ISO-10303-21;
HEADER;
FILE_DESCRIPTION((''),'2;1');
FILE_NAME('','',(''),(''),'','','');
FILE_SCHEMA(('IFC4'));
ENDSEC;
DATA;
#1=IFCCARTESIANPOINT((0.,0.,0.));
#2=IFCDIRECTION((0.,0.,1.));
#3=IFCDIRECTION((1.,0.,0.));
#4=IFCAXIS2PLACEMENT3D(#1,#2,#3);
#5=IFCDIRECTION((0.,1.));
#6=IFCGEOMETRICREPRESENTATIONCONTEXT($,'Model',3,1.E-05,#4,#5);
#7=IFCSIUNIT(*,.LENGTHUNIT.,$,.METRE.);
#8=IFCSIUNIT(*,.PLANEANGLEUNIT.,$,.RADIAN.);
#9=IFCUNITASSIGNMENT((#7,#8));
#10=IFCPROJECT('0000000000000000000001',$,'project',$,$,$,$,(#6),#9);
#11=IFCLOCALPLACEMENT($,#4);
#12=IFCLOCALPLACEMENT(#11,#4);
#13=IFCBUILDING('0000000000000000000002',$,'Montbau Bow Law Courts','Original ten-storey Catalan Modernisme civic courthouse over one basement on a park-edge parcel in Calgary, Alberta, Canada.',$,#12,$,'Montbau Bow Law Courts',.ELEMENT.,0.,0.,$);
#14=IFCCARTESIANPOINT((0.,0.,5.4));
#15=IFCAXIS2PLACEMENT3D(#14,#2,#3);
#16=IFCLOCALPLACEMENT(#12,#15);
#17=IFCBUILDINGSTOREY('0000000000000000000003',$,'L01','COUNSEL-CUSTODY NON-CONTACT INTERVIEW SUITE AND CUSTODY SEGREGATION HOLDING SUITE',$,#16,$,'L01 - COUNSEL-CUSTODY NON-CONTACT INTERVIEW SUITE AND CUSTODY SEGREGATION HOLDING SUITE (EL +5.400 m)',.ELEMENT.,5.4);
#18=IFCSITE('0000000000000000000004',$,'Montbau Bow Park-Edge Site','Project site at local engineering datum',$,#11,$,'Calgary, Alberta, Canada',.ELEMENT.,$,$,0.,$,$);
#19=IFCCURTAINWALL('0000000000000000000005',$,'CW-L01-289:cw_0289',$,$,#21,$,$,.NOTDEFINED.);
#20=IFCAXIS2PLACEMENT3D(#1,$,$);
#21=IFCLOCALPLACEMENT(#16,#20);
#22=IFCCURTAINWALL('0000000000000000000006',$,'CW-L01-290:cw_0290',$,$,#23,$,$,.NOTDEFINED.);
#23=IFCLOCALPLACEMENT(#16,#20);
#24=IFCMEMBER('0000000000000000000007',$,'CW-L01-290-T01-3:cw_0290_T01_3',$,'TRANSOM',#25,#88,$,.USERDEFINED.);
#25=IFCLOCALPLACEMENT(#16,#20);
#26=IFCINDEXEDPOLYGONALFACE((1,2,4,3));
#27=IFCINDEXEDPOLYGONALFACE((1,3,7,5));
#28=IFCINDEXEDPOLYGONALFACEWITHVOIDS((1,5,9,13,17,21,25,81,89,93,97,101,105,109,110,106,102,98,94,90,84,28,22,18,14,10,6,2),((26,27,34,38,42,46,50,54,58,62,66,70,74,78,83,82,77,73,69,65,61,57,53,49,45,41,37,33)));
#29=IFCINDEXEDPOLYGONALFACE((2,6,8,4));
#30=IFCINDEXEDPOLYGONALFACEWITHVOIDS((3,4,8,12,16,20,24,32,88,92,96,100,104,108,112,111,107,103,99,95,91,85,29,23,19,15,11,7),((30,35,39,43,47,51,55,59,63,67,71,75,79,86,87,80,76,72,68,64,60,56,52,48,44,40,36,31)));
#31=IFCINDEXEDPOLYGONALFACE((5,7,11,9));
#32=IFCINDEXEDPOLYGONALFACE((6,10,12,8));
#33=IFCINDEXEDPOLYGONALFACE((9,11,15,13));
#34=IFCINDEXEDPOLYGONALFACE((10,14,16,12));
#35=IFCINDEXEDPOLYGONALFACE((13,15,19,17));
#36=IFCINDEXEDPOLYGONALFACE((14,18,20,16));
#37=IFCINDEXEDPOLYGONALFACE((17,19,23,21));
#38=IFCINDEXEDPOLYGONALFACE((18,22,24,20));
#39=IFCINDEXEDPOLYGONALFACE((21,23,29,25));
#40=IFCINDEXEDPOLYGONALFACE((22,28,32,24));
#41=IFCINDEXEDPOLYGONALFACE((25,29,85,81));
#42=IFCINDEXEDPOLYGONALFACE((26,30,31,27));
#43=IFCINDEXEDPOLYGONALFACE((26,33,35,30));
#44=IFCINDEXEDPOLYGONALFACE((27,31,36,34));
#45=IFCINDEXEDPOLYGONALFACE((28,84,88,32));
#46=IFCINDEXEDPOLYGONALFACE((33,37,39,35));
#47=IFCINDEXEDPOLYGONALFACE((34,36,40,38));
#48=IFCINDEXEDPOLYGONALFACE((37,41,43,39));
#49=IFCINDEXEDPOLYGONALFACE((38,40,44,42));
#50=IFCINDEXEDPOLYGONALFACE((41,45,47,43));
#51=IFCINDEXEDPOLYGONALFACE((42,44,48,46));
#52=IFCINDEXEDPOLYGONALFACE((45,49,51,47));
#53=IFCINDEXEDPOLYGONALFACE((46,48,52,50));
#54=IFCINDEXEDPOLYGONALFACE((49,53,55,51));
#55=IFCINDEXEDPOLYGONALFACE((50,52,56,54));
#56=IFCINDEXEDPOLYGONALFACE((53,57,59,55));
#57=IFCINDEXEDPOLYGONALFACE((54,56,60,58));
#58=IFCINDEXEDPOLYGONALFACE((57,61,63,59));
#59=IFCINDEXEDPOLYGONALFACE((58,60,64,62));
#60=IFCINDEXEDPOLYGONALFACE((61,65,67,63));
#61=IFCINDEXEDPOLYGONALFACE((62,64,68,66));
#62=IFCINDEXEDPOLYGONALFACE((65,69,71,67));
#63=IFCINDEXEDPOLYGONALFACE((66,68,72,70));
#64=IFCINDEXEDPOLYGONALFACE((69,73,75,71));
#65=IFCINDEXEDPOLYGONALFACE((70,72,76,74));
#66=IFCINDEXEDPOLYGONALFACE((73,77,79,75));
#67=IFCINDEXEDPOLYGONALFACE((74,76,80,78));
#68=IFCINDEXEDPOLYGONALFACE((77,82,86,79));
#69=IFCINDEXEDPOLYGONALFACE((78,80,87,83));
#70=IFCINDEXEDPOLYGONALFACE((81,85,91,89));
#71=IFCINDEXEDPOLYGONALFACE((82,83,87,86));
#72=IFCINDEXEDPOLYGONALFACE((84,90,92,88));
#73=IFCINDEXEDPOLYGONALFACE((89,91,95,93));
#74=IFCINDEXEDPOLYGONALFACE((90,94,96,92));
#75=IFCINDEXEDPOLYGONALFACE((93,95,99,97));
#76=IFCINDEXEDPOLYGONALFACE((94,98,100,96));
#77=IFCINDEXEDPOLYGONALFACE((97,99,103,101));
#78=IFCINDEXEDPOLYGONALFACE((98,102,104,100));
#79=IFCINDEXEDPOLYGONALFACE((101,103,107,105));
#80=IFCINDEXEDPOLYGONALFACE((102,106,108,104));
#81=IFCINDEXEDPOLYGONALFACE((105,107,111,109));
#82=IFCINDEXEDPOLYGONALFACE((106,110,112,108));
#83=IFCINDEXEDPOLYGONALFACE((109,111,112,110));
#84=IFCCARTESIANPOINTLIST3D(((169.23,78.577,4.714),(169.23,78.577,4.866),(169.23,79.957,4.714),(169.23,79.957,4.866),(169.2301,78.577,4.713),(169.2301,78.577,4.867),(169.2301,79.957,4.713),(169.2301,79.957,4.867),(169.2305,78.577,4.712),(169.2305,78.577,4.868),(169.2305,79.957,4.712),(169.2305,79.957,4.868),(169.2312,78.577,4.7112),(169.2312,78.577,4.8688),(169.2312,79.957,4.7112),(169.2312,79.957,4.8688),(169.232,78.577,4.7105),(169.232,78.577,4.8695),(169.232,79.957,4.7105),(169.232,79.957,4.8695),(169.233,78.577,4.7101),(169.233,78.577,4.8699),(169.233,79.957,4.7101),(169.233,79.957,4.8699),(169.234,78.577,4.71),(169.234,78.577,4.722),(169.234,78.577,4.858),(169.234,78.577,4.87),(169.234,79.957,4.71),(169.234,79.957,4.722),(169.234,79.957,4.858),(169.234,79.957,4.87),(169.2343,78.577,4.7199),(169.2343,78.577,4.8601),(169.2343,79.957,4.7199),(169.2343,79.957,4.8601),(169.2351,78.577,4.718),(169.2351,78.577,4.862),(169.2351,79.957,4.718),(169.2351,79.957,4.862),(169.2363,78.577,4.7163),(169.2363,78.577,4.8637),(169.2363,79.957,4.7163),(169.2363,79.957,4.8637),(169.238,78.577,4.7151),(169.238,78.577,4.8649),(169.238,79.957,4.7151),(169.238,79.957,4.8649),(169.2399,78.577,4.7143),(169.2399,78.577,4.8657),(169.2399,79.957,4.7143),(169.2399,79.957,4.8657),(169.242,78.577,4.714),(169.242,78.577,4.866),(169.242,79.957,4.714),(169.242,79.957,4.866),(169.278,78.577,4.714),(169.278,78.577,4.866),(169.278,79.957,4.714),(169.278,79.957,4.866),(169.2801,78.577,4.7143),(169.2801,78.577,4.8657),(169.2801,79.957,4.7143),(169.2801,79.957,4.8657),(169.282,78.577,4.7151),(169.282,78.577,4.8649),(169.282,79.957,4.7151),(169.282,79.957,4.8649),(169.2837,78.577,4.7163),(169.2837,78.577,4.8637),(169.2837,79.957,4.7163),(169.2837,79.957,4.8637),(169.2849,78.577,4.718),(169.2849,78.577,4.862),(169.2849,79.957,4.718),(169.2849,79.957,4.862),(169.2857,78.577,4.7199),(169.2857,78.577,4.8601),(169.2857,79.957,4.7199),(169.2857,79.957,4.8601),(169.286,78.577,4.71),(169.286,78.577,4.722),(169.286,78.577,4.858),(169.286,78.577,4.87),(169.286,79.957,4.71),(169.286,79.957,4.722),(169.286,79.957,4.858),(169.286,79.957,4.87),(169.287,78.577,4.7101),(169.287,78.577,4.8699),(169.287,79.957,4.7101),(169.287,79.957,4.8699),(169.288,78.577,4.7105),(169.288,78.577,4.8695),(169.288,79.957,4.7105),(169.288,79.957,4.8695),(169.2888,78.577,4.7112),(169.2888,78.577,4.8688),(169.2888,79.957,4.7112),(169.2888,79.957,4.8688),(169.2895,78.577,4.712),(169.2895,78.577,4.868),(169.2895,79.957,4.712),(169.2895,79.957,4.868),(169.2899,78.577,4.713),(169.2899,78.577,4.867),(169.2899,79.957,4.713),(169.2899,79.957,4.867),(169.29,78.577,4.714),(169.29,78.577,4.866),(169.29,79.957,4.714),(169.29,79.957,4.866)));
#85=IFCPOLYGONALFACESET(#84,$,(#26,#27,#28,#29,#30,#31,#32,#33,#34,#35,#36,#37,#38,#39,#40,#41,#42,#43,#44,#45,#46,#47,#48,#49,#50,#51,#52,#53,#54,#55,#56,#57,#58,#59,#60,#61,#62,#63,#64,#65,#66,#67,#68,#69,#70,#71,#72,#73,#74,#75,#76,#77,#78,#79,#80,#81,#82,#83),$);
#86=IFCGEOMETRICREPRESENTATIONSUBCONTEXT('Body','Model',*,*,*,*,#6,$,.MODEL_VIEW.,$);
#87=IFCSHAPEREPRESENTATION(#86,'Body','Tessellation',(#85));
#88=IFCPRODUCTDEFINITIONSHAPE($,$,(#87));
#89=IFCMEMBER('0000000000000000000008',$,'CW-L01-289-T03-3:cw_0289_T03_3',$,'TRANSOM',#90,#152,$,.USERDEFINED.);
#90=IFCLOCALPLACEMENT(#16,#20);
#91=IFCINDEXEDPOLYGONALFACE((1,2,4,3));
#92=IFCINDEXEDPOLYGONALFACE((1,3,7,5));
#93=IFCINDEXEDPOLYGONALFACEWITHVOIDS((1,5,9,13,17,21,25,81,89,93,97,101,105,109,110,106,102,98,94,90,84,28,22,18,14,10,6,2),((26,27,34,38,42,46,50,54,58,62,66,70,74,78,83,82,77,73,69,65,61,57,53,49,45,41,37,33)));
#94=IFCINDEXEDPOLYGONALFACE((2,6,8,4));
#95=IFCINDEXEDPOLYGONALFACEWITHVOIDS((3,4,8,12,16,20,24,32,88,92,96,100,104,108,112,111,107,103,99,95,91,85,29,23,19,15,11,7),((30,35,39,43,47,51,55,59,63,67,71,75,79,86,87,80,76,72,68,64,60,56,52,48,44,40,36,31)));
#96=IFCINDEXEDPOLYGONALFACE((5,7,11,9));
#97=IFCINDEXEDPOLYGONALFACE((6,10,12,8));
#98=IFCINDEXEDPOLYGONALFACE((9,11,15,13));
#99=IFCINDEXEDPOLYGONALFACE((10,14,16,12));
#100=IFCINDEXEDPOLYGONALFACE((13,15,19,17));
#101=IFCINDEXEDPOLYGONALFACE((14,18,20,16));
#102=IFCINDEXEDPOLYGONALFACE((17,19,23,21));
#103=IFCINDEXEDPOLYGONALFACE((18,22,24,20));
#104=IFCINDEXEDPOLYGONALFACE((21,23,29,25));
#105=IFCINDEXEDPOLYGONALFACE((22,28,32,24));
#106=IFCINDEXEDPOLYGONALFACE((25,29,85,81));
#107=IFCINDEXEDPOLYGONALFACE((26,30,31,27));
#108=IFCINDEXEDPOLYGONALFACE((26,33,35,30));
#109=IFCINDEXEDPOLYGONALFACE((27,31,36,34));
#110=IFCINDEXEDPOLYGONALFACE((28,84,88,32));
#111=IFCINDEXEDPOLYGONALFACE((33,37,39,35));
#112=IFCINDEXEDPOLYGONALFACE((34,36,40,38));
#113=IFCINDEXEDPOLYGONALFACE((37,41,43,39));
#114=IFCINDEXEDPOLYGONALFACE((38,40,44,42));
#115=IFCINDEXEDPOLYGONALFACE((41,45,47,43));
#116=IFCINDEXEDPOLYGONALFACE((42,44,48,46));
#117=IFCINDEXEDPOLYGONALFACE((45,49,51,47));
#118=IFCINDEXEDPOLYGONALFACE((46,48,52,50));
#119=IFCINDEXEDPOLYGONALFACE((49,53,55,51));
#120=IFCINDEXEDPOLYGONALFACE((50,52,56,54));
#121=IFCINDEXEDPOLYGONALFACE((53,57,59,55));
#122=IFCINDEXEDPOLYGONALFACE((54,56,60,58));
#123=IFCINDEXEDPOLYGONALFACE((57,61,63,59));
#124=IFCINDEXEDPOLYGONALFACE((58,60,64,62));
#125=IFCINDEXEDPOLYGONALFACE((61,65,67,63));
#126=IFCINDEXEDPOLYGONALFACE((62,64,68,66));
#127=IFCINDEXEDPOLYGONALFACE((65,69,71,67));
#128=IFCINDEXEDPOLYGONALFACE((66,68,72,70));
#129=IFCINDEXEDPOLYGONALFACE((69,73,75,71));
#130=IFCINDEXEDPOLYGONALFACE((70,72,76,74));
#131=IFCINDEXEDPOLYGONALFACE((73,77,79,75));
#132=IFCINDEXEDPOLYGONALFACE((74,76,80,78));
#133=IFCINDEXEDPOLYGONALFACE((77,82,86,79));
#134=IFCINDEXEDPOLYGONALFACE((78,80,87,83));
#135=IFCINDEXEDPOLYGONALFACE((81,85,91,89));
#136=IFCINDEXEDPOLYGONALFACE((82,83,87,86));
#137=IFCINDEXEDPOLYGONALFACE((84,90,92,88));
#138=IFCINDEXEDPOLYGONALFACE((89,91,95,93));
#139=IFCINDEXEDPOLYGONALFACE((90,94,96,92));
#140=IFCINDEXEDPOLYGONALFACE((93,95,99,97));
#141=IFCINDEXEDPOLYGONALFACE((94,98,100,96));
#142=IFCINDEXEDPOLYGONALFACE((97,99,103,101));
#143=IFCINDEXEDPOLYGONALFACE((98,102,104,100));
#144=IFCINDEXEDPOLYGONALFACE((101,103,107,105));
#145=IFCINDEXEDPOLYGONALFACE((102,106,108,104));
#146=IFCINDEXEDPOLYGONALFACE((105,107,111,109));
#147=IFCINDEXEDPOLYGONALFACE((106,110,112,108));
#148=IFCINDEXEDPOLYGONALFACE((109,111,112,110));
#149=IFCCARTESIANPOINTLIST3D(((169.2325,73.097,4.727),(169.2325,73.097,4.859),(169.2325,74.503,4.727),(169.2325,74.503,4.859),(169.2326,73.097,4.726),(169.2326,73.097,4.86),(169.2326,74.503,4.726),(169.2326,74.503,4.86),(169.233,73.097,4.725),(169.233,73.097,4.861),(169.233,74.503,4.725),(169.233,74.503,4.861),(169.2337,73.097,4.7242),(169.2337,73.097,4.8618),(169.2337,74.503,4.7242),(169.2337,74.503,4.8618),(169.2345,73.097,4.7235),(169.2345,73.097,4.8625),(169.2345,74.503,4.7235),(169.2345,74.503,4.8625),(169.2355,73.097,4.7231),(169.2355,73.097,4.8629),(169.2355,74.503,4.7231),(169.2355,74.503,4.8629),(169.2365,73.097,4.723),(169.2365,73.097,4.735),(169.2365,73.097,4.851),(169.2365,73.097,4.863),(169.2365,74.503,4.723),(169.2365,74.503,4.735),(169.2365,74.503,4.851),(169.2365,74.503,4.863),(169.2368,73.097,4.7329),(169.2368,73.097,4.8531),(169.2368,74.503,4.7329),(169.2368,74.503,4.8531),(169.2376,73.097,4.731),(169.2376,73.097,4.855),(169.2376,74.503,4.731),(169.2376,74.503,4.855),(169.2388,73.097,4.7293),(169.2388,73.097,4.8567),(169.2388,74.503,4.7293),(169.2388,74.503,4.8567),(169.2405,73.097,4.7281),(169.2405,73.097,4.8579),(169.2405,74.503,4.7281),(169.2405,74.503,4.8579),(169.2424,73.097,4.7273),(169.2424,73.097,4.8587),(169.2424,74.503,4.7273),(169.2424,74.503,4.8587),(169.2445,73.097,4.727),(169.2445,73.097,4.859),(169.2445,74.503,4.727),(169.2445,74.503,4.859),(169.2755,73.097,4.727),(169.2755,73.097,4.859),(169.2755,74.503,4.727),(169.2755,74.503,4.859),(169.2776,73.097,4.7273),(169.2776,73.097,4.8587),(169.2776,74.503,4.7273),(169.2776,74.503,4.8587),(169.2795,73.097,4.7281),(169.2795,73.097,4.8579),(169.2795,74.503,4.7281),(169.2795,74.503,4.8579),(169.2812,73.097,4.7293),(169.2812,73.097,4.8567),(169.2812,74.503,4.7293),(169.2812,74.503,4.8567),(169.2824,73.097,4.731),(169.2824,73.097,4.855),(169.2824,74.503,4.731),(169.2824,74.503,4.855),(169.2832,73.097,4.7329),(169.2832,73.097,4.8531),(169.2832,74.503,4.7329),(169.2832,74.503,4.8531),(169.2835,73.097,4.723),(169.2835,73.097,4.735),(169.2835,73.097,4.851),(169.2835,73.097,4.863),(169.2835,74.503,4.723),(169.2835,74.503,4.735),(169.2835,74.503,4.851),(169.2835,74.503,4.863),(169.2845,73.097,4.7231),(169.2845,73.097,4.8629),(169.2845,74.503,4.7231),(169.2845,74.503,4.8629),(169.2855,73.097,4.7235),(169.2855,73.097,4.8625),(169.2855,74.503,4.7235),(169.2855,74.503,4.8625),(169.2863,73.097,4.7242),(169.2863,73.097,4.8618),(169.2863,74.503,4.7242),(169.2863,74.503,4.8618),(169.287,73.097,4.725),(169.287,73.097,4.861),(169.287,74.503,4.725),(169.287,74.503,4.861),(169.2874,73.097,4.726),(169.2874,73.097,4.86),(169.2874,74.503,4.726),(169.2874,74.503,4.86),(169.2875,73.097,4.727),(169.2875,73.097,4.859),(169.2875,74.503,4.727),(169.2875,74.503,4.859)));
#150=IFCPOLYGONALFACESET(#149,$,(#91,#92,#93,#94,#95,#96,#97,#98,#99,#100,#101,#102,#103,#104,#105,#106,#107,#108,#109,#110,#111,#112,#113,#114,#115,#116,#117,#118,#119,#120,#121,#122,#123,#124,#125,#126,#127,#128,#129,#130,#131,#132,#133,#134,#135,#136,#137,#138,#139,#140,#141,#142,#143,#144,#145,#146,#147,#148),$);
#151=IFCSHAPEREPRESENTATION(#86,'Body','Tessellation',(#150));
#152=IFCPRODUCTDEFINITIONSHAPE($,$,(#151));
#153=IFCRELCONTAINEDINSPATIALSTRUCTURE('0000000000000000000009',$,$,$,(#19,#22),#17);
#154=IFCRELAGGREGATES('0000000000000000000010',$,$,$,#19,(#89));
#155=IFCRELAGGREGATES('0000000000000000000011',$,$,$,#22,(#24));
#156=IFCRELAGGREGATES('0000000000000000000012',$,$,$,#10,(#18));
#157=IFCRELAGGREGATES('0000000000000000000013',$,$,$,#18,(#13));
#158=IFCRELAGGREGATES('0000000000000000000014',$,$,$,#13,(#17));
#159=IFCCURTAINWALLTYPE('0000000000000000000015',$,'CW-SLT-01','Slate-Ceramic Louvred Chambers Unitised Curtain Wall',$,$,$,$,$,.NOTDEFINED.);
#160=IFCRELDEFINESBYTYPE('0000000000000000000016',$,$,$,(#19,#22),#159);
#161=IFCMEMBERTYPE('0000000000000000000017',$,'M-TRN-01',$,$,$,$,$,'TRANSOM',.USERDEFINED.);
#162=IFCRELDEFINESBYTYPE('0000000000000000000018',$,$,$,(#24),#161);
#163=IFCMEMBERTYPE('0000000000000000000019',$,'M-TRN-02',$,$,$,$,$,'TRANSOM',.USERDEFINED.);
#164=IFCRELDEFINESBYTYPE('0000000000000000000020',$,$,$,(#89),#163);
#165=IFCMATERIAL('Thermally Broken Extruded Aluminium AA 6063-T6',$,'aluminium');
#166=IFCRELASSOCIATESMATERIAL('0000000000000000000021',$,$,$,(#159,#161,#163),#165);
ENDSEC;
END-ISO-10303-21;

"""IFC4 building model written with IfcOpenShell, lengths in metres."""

from ifc_helpers import new_model, si_unit, direction, frame, origin_with_axes, origin_2d_with_axis, place, context, subcontext, project, spatial, hollow_rectangle, extrude, material, material_profile, profile_set, type_object, element, aggregate, save


model = new_model("IFC4")

# Units and contexts
model_context = context("Model", 3, precision=1e-05, world=origin_with_axes(), true_north=direction((0.0, 1.0)))
body_context = subcontext(model_context, "Body", "Model", "MODEL_VIEW")
ifc_project = project(units=[si_unit("LENGTHUNIT", "METRE"), si_unit("PLANEANGLEUNIT", "RADIAN")], contexts=[model_context])

# Site, building, storey
site_placement = place(None, origin_with_axes())
site = spatial("IfcSite", under=ifc_project, at=site_placement, Name="Montbau Bow Park-Edge Site", Description="Project site at local engineering datum", LongName="Calgary, Alberta, Canada", CompositionType="ELEMENT", RefElevation=0.0)
building_placement = place(site_placement, origin_with_axes())
building = spatial("IfcBuilding", under=site, at=building_placement, Name="Montbau Bow Law Courts", Description="Original ten-storey Catalan Modernisme civic courthouse over one basement on a park-edge parcel in Calgary, Alberta, Canada.", LongName="Montbau Bow Law Courts", CompositionType="ELEMENT", ElevationOfRefHeight=0.0, ElevationOfTerrain=0.0)
storey_placement = place(building_placement, frame((0.0, 0.0, 5.4), z_axis=(0.0, 0.0, 1.0), x_axis=(1.0, 0.0, 0.0)))
storey = spatial("IfcBuildingStorey", under=building, at=storey_placement, Name="L01", Description="COUNSEL-CUSTODY NON-CONTACT INTERVIEW SUITE AND CUSTODY SEGREGATION HOLDING SUITE", LongName="L01 - COUNSEL-CUSTODY NON-CONTACT INTERVIEW SUITE AND CUSTODY SEGREGATION HOLDING SUITE (EL +5.400 m)", CompositionType="ELEMENT", Elevation=5.4)

# Curtain walls, member
ifc_material_1 = material(Name="Thermally Broken Extruded Aluminium AA 6063-T6", Category="aluminium")
curtain_wall_type = type_object("IfcCurtainWallType", Name="CW-SLT-01", Description="Slate-Ceramic Louvred Chambers Unitised Curtain Wall", PredefinedType="NOTDEFINED", material=ifc_material_1)
curtain_wall_1_placement = place(None, frame((169.26, 70.115, 5.4), z_axis=(0.0, 0.0, 1.0), x_axis=(1.0, 0.0, 0.0)))
curtain_wall_1 = element("IfcCurtainWall", 1, at=curtain_wall_1_placement, inside=storey, type_object=curtain_wall_type, Name="CW-L01-289:cw_0289", PredefinedType="NOTDEFINED")
curtain_wall_2_placement = place(None, frame((169.26, 78.515, 5.4), z_axis=(0.0, 0.0, 1.0), x_axis=(1.0, 0.0, 0.0)))
curtain_wall_2 = element("IfcCurtainWall", 2, at=curtain_wall_2_placement, inside=storey, type_object=curtain_wall_type, Name="CW-L01-290:cw_0290", PredefinedType="NOTDEFINED")
ifc_material_profile_1 = material_profile(ifc_material_1, hollow_rectangle(XDim=0.06, YDim=0.16, WallThickness=0.004, InnerFilletRadius=0.008, OuterFilletRadius=0.004, at=origin_2d_with_axis()), Name="CWT-160X60", Category="Main", Priority=0)
ifc_profile_set_1 = profile_set([ifc_material_profile_1], Name="Thermally Broken Extruded Aluminium AA 6063-T6")
member_type_1 = type_object("IfcMemberType", Name="M-TRN-01", ElementType="TRANSOM", PredefinedType="USERDEFINED", material=ifc_profile_set_1)
member_1_placement = place(None, frame((169.26, 78.577, 10.19), z_axis=(0.0, 1.0, 0.0), x_axis=(-1.0, 0.0, 0.0)))
member_1 = element("IfcMember", 3, at=member_1_placement, type_object=member_type_1, Name="CW-L01-290-T01-3:cw_0290_T01_3", ObjectType="TRANSOM", PredefinedType="USERDEFINED", context=body_context, shape_type="SweptSolid", body=[
    extrude(hollow_rectangle(XDim=0.06, YDim=0.16, WallThickness=0.004, InnerFilletRadius=0.008, OuterFilletRadius=0.004, at=origin_2d_with_axis()), origin_with_axes(), (0.0, 0.0, 1.0), 1.38),
])

# Member
ifc_material_profile_2 = material_profile(ifc_material_1, hollow_rectangle(XDim=0.055, YDim=0.14, WallThickness=0.004, InnerFilletRadius=0.008, OuterFilletRadius=0.004, at=origin_2d_with_axis()), Name="CWT-140X55", Category="Main", Priority=0)
ifc_profile_set_2 = profile_set([ifc_material_profile_2], Name="Thermally Broken Extruded Aluminium AA 6063-T6")
member_type_2 = type_object("IfcMemberType", Name="M-TRN-02", ElementType="TRANSOM", PredefinedType="USERDEFINED", material=ifc_profile_set_2)
member_2_placement = place(None, frame((169.26, 73.097, 10.193), z_axis=(0.0, 1.0, 0.0), x_axis=(-1.0, 0.0, 0.0)))
member_2 = element("IfcMember", 4, at=member_2_placement, type_object=member_type_2, Name="CW-L01-289-T03-3:cw_0289_T03_3", ObjectType="TRANSOM", PredefinedType="USERDEFINED", context=body_context, shape_type="SweptSolid", body=[
    extrude(hollow_rectangle(XDim=0.055, YDim=0.14, WallThickness=0.004, InnerFilletRadius=0.008, OuterFilletRadius=0.004, at=origin_2d_with_axis()), origin_with_axes(), (0.0, 0.0, 1.0), 1.406),
])

aggregate(curtain_wall_1, [member_2])
aggregate(curtain_wall_2, [member_1])

save(model, "model.ifc")
